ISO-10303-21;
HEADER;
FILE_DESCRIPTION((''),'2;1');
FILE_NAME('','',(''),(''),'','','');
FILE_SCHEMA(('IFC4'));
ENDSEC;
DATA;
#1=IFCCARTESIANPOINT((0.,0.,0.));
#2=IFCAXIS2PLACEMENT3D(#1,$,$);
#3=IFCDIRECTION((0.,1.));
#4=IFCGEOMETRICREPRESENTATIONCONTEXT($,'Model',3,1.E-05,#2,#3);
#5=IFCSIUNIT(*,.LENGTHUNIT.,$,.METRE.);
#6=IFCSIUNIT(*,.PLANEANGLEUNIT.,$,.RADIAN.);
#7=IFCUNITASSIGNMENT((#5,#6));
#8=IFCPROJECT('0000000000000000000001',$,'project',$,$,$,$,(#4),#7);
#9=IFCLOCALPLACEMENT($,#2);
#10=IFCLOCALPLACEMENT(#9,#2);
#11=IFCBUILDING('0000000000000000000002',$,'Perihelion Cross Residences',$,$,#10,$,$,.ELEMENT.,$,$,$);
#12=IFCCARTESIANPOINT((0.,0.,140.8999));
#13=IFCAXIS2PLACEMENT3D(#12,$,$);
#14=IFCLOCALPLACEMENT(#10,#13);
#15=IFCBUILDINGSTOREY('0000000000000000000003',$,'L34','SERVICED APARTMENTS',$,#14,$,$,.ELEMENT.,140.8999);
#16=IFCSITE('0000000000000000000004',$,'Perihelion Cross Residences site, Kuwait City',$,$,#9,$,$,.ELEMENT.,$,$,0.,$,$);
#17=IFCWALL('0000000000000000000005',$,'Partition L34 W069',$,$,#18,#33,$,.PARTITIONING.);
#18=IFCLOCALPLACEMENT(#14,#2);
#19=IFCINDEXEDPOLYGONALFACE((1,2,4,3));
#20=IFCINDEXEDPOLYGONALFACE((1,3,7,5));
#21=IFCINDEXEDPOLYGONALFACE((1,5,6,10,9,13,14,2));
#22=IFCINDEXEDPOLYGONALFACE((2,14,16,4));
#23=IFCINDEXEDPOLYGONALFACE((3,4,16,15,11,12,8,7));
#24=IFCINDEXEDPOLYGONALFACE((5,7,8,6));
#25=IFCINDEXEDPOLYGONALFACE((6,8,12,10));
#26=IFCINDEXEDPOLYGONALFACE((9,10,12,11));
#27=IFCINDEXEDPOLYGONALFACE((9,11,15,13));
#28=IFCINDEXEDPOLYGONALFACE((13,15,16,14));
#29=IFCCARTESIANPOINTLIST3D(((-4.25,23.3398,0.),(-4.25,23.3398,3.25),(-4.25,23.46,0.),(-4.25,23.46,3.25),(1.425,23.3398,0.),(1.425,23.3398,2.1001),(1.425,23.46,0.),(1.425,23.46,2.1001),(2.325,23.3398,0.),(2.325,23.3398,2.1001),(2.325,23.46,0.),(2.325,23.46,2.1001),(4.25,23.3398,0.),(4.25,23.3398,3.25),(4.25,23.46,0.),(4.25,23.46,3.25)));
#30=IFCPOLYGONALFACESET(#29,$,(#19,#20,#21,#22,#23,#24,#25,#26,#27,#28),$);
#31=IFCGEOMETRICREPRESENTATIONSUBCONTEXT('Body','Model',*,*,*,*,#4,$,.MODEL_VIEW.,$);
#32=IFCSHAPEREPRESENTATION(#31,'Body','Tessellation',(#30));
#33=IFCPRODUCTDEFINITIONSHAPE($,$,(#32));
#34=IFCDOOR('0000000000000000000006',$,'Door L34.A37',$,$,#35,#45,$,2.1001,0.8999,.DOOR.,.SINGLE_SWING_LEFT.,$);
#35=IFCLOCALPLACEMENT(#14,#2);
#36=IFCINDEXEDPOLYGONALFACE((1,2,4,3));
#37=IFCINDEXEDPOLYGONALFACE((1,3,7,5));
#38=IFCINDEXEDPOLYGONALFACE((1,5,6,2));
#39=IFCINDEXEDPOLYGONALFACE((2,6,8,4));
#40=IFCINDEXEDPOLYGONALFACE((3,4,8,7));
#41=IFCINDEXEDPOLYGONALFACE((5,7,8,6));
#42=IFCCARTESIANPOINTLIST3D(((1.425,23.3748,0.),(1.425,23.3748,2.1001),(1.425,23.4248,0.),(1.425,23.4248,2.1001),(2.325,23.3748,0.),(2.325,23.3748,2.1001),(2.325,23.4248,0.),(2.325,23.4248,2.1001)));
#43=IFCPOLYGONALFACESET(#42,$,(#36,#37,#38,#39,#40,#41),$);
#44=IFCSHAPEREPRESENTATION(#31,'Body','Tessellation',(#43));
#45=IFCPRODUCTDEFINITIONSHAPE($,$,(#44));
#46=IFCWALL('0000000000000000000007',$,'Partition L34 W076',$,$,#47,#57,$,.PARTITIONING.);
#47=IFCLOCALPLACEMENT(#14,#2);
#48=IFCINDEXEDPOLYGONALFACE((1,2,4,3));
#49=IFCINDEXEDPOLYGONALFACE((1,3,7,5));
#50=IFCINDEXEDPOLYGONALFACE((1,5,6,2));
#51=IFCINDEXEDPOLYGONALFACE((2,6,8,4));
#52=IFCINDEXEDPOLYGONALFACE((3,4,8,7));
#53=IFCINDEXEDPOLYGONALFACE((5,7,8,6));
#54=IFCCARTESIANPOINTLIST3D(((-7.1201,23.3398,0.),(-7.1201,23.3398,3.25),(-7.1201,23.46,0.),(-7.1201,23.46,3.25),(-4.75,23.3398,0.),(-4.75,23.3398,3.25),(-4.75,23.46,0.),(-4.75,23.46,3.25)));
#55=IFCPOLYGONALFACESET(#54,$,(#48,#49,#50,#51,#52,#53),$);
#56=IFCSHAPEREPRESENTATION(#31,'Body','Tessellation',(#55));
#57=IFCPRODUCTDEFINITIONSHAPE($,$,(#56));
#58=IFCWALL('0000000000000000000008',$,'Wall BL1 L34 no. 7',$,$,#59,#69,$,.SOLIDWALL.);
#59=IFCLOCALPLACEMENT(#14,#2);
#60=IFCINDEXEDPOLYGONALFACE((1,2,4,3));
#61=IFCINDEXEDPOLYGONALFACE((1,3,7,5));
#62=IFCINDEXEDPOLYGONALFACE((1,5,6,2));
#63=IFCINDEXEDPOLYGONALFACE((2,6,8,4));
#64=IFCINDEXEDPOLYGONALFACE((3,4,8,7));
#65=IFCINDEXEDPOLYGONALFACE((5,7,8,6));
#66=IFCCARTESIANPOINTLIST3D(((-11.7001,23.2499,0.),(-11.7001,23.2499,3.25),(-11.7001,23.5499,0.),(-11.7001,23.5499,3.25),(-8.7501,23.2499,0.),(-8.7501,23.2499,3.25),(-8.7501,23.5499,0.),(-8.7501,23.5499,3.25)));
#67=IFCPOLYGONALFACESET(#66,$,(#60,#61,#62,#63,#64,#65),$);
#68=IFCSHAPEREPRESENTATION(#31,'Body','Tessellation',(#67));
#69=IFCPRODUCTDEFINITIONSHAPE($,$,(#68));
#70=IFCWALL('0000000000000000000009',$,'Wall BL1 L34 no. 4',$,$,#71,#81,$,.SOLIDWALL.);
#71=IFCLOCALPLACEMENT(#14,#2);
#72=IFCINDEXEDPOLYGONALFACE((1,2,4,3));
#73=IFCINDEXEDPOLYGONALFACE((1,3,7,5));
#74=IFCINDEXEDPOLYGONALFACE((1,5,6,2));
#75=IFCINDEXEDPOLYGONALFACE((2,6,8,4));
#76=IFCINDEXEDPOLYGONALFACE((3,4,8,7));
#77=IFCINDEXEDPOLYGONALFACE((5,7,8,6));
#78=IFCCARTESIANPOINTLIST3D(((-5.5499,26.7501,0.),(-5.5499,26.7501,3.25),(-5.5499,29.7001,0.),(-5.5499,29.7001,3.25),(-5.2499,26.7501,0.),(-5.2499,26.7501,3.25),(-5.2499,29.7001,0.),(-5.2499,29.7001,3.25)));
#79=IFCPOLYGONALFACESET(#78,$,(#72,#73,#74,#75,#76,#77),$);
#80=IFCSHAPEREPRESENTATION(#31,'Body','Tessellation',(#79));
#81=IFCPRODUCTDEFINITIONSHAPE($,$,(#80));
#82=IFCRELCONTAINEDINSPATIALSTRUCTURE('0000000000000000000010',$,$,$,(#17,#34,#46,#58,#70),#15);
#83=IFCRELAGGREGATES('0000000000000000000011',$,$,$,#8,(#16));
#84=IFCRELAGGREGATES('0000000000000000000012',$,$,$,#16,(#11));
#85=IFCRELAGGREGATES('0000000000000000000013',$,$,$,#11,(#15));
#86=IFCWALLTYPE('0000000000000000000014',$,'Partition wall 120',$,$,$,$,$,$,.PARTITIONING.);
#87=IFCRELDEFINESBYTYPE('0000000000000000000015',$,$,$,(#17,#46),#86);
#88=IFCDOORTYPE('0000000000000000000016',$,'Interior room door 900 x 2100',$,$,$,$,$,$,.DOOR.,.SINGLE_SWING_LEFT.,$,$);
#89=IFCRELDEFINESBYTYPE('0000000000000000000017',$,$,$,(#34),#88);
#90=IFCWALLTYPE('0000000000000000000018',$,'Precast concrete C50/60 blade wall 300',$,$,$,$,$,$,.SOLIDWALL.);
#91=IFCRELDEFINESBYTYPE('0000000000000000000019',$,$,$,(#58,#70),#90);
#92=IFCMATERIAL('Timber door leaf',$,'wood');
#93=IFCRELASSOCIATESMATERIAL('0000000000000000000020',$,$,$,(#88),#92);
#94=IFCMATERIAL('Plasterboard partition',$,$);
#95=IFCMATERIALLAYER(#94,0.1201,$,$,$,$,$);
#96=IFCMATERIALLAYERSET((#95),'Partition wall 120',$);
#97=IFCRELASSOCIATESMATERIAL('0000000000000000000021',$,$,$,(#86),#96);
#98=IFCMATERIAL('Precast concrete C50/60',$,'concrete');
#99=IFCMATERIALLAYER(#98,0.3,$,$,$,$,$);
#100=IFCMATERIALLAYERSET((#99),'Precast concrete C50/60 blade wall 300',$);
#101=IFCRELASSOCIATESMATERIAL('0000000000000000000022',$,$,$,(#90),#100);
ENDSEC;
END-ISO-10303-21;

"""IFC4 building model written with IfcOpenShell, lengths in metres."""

from ifc_helpers import new_model, si_unit, direction, frame, frame_2d, origin, place, context, subcontext, project, spatial, rectangle, extrude, material, layer, layer_set, type_object, element, fill, save


model = new_model("IFC4")

# Units and contexts
model_context = context("Model", 3, precision=1e-05, world=origin(), true_north=direction((0.0, 1.0)))
body_context = subcontext(model_context, "Body", "Model", "MODEL_VIEW")
ifc_project = project(units=[si_unit("LENGTHUNIT", "METRE"), si_unit("PLANEANGLEUNIT", "RADIAN")], contexts=[model_context])

# Site, building, storey
site_placement = place(None, origin())
site = spatial("IfcSite", under=ifc_project, at=site_placement, Name="Perihelion Cross Residences site, Kuwait City", CompositionType="ELEMENT", RefElevation=0.0)
building_placement = place(site_placement, origin())
building = spatial("IfcBuilding", under=site, at=building_placement, Name="Perihelion Cross Residences", CompositionType="ELEMENT")
storey_placement = place(building_placement, frame((0.0, 0.0, 140.8999)))
storey = spatial("IfcBuildingStorey", under=building, at=storey_placement, Name="L34", Description="SERVICED APARTMENTS", CompositionType="ELEMENT", Elevation=140.8999)

# Wall, opening, door
ifc_material_1 = material(Name="Timber door leaf", Category="wood")
door_type_1 = type_object("IfcDoorType", Name="Interior room door 900 x 2100", OperationType="SINGLE_SWING_LEFT", PredefinedType="DOOR", material=ifc_material_1)
ifc_material_2 = material(Name="Plasterboard partition")
ifc_layer_1 = layer(ifc_material_2, 0.1201)
ifc_layer_set_1 = layer_set([ifc_layer_1], Name="Partition wall 120")
wall_type_1 = type_object("IfcWallType", Name="Partition wall 120", PredefinedType="PARTITIONING", material=ifc_layer_set_1)
wall_1_placement = place(storey_placement, frame((-4.25, 23.3999, 0.0), z_axis=(0.0, 0.0, 1.0), x_axis=(1.0, 0.0, 0.0)))
wall_1 = element("IfcWall", 1, at=wall_1_placement, inside=storey, type_object=wall_type_1, Name="Partition L34 W069", PredefinedType="PARTITIONING", context=body_context, shape_type="SweptSolid", body=[
    extrude(rectangle(XDim=8.5, YDim=0.1201, at=frame_2d((4.25, 0.0))), origin(), (0.0, 0.0, 1.0), 3.25),
])
opening_1_placement = place(wall_1_placement, frame((5.675, 0.0, 0.0)))
opening_1 = element("IfcOpeningElement", 2, at=opening_1_placement, cuts=wall_1, PredefinedType="OPENING", context=body_context, shape_type="SweptSolid", body=[
    extrude(rectangle(XDim=0.8999, YDim=2.1001, at=frame_2d((0.45, 1.05))), frame((0.0, 0.0701, 0.0), z_axis=(0.0, -1.0, 0.0), x_axis=(1.0, 0.0, 0.0)), (0.0, 0.0, 1.0), 0.1401),
])
door_1_placement = place(opening_1_placement, origin())
door_1 = element("IfcDoor", 3, at=door_1_placement, inside=storey, type_object=door_type_1, Name="Door L34.A37", OperationType="SINGLE_SWING_LEFT", OverallHeight=2.1001, OverallWidth=0.8999, PredefinedType="DOOR", context=body_context, shape_type="SweptSolid", body=[
    extrude(rectangle(XDim=0.8999, YDim=2.1001, at=frame_2d((0.45, 1.05))), frame((0.0, 0.0249, 0.0), z_axis=(0.0, -1.0, 0.0), x_axis=(1.0, 0.0, 0.0)), (0.0, 0.0, 1.0), 0.05),
])
fill(opening_1, door_1)

# Walls
wall_2_placement = place(storey_placement, frame((-7.1201, 23.3999, 0.0), z_axis=(0.0, 0.0, 1.0), x_axis=(1.0, 0.0, 0.0)))
element("IfcWall", 4, at=wall_2_placement, inside=storey, type_object=wall_type_1, Name="Partition L34 W076", PredefinedType="PARTITIONING", context=body_context, shape_type="SweptSolid", body=[
    extrude(rectangle(XDim=2.3701, YDim=0.1201, at=frame_2d((1.1851, 0.0))), origin(), (0.0, 0.0, 1.0), 3.25),
])
ifc_material_3 = material(Name="Precast concrete C50/60", Category="concrete")
ifc_layer_2 = layer(ifc_material_3, 0.3)
ifc_layer_set_2 = layer_set([ifc_layer_2], Name="Precast concrete C50/60 blade wall 300")
wall_type_2 = type_object("IfcWallType", Name="Precast concrete C50/60 blade wall 300", PredefinedType="SOLIDWALL", material=ifc_layer_set_2)
for number, where, z_axis, x_axis, name in (
    (5, (-8.75, 23.3999, 0.0), (0.0, 0.0, 1.0), (-1.0, 0.0, 0.0), "Wall BL1 L34 no. 7"),
    (6, (-5.3999, 26.75, 0.0), (0.0, 0.0, 1.0), (0.0, 1.0, 0.0), "Wall BL1 L34 no. 4"),
):
    element("IfcWall", number, at=place(storey_placement, frame(where, z_axis=z_axis, x_axis=x_axis)), inside=storey, type_object=wall_type_2, Name=name, PredefinedType="SOLIDWALL", context=body_context, shape_type="SweptSolid", body=[
        extrude(rectangle(XDim=2.95, YDim=0.3, at=frame_2d((1.4751, 0.0))), origin(), (0.0, 0.0, 1.0), 3.25),
    ])

save(model, "model.ifc")
